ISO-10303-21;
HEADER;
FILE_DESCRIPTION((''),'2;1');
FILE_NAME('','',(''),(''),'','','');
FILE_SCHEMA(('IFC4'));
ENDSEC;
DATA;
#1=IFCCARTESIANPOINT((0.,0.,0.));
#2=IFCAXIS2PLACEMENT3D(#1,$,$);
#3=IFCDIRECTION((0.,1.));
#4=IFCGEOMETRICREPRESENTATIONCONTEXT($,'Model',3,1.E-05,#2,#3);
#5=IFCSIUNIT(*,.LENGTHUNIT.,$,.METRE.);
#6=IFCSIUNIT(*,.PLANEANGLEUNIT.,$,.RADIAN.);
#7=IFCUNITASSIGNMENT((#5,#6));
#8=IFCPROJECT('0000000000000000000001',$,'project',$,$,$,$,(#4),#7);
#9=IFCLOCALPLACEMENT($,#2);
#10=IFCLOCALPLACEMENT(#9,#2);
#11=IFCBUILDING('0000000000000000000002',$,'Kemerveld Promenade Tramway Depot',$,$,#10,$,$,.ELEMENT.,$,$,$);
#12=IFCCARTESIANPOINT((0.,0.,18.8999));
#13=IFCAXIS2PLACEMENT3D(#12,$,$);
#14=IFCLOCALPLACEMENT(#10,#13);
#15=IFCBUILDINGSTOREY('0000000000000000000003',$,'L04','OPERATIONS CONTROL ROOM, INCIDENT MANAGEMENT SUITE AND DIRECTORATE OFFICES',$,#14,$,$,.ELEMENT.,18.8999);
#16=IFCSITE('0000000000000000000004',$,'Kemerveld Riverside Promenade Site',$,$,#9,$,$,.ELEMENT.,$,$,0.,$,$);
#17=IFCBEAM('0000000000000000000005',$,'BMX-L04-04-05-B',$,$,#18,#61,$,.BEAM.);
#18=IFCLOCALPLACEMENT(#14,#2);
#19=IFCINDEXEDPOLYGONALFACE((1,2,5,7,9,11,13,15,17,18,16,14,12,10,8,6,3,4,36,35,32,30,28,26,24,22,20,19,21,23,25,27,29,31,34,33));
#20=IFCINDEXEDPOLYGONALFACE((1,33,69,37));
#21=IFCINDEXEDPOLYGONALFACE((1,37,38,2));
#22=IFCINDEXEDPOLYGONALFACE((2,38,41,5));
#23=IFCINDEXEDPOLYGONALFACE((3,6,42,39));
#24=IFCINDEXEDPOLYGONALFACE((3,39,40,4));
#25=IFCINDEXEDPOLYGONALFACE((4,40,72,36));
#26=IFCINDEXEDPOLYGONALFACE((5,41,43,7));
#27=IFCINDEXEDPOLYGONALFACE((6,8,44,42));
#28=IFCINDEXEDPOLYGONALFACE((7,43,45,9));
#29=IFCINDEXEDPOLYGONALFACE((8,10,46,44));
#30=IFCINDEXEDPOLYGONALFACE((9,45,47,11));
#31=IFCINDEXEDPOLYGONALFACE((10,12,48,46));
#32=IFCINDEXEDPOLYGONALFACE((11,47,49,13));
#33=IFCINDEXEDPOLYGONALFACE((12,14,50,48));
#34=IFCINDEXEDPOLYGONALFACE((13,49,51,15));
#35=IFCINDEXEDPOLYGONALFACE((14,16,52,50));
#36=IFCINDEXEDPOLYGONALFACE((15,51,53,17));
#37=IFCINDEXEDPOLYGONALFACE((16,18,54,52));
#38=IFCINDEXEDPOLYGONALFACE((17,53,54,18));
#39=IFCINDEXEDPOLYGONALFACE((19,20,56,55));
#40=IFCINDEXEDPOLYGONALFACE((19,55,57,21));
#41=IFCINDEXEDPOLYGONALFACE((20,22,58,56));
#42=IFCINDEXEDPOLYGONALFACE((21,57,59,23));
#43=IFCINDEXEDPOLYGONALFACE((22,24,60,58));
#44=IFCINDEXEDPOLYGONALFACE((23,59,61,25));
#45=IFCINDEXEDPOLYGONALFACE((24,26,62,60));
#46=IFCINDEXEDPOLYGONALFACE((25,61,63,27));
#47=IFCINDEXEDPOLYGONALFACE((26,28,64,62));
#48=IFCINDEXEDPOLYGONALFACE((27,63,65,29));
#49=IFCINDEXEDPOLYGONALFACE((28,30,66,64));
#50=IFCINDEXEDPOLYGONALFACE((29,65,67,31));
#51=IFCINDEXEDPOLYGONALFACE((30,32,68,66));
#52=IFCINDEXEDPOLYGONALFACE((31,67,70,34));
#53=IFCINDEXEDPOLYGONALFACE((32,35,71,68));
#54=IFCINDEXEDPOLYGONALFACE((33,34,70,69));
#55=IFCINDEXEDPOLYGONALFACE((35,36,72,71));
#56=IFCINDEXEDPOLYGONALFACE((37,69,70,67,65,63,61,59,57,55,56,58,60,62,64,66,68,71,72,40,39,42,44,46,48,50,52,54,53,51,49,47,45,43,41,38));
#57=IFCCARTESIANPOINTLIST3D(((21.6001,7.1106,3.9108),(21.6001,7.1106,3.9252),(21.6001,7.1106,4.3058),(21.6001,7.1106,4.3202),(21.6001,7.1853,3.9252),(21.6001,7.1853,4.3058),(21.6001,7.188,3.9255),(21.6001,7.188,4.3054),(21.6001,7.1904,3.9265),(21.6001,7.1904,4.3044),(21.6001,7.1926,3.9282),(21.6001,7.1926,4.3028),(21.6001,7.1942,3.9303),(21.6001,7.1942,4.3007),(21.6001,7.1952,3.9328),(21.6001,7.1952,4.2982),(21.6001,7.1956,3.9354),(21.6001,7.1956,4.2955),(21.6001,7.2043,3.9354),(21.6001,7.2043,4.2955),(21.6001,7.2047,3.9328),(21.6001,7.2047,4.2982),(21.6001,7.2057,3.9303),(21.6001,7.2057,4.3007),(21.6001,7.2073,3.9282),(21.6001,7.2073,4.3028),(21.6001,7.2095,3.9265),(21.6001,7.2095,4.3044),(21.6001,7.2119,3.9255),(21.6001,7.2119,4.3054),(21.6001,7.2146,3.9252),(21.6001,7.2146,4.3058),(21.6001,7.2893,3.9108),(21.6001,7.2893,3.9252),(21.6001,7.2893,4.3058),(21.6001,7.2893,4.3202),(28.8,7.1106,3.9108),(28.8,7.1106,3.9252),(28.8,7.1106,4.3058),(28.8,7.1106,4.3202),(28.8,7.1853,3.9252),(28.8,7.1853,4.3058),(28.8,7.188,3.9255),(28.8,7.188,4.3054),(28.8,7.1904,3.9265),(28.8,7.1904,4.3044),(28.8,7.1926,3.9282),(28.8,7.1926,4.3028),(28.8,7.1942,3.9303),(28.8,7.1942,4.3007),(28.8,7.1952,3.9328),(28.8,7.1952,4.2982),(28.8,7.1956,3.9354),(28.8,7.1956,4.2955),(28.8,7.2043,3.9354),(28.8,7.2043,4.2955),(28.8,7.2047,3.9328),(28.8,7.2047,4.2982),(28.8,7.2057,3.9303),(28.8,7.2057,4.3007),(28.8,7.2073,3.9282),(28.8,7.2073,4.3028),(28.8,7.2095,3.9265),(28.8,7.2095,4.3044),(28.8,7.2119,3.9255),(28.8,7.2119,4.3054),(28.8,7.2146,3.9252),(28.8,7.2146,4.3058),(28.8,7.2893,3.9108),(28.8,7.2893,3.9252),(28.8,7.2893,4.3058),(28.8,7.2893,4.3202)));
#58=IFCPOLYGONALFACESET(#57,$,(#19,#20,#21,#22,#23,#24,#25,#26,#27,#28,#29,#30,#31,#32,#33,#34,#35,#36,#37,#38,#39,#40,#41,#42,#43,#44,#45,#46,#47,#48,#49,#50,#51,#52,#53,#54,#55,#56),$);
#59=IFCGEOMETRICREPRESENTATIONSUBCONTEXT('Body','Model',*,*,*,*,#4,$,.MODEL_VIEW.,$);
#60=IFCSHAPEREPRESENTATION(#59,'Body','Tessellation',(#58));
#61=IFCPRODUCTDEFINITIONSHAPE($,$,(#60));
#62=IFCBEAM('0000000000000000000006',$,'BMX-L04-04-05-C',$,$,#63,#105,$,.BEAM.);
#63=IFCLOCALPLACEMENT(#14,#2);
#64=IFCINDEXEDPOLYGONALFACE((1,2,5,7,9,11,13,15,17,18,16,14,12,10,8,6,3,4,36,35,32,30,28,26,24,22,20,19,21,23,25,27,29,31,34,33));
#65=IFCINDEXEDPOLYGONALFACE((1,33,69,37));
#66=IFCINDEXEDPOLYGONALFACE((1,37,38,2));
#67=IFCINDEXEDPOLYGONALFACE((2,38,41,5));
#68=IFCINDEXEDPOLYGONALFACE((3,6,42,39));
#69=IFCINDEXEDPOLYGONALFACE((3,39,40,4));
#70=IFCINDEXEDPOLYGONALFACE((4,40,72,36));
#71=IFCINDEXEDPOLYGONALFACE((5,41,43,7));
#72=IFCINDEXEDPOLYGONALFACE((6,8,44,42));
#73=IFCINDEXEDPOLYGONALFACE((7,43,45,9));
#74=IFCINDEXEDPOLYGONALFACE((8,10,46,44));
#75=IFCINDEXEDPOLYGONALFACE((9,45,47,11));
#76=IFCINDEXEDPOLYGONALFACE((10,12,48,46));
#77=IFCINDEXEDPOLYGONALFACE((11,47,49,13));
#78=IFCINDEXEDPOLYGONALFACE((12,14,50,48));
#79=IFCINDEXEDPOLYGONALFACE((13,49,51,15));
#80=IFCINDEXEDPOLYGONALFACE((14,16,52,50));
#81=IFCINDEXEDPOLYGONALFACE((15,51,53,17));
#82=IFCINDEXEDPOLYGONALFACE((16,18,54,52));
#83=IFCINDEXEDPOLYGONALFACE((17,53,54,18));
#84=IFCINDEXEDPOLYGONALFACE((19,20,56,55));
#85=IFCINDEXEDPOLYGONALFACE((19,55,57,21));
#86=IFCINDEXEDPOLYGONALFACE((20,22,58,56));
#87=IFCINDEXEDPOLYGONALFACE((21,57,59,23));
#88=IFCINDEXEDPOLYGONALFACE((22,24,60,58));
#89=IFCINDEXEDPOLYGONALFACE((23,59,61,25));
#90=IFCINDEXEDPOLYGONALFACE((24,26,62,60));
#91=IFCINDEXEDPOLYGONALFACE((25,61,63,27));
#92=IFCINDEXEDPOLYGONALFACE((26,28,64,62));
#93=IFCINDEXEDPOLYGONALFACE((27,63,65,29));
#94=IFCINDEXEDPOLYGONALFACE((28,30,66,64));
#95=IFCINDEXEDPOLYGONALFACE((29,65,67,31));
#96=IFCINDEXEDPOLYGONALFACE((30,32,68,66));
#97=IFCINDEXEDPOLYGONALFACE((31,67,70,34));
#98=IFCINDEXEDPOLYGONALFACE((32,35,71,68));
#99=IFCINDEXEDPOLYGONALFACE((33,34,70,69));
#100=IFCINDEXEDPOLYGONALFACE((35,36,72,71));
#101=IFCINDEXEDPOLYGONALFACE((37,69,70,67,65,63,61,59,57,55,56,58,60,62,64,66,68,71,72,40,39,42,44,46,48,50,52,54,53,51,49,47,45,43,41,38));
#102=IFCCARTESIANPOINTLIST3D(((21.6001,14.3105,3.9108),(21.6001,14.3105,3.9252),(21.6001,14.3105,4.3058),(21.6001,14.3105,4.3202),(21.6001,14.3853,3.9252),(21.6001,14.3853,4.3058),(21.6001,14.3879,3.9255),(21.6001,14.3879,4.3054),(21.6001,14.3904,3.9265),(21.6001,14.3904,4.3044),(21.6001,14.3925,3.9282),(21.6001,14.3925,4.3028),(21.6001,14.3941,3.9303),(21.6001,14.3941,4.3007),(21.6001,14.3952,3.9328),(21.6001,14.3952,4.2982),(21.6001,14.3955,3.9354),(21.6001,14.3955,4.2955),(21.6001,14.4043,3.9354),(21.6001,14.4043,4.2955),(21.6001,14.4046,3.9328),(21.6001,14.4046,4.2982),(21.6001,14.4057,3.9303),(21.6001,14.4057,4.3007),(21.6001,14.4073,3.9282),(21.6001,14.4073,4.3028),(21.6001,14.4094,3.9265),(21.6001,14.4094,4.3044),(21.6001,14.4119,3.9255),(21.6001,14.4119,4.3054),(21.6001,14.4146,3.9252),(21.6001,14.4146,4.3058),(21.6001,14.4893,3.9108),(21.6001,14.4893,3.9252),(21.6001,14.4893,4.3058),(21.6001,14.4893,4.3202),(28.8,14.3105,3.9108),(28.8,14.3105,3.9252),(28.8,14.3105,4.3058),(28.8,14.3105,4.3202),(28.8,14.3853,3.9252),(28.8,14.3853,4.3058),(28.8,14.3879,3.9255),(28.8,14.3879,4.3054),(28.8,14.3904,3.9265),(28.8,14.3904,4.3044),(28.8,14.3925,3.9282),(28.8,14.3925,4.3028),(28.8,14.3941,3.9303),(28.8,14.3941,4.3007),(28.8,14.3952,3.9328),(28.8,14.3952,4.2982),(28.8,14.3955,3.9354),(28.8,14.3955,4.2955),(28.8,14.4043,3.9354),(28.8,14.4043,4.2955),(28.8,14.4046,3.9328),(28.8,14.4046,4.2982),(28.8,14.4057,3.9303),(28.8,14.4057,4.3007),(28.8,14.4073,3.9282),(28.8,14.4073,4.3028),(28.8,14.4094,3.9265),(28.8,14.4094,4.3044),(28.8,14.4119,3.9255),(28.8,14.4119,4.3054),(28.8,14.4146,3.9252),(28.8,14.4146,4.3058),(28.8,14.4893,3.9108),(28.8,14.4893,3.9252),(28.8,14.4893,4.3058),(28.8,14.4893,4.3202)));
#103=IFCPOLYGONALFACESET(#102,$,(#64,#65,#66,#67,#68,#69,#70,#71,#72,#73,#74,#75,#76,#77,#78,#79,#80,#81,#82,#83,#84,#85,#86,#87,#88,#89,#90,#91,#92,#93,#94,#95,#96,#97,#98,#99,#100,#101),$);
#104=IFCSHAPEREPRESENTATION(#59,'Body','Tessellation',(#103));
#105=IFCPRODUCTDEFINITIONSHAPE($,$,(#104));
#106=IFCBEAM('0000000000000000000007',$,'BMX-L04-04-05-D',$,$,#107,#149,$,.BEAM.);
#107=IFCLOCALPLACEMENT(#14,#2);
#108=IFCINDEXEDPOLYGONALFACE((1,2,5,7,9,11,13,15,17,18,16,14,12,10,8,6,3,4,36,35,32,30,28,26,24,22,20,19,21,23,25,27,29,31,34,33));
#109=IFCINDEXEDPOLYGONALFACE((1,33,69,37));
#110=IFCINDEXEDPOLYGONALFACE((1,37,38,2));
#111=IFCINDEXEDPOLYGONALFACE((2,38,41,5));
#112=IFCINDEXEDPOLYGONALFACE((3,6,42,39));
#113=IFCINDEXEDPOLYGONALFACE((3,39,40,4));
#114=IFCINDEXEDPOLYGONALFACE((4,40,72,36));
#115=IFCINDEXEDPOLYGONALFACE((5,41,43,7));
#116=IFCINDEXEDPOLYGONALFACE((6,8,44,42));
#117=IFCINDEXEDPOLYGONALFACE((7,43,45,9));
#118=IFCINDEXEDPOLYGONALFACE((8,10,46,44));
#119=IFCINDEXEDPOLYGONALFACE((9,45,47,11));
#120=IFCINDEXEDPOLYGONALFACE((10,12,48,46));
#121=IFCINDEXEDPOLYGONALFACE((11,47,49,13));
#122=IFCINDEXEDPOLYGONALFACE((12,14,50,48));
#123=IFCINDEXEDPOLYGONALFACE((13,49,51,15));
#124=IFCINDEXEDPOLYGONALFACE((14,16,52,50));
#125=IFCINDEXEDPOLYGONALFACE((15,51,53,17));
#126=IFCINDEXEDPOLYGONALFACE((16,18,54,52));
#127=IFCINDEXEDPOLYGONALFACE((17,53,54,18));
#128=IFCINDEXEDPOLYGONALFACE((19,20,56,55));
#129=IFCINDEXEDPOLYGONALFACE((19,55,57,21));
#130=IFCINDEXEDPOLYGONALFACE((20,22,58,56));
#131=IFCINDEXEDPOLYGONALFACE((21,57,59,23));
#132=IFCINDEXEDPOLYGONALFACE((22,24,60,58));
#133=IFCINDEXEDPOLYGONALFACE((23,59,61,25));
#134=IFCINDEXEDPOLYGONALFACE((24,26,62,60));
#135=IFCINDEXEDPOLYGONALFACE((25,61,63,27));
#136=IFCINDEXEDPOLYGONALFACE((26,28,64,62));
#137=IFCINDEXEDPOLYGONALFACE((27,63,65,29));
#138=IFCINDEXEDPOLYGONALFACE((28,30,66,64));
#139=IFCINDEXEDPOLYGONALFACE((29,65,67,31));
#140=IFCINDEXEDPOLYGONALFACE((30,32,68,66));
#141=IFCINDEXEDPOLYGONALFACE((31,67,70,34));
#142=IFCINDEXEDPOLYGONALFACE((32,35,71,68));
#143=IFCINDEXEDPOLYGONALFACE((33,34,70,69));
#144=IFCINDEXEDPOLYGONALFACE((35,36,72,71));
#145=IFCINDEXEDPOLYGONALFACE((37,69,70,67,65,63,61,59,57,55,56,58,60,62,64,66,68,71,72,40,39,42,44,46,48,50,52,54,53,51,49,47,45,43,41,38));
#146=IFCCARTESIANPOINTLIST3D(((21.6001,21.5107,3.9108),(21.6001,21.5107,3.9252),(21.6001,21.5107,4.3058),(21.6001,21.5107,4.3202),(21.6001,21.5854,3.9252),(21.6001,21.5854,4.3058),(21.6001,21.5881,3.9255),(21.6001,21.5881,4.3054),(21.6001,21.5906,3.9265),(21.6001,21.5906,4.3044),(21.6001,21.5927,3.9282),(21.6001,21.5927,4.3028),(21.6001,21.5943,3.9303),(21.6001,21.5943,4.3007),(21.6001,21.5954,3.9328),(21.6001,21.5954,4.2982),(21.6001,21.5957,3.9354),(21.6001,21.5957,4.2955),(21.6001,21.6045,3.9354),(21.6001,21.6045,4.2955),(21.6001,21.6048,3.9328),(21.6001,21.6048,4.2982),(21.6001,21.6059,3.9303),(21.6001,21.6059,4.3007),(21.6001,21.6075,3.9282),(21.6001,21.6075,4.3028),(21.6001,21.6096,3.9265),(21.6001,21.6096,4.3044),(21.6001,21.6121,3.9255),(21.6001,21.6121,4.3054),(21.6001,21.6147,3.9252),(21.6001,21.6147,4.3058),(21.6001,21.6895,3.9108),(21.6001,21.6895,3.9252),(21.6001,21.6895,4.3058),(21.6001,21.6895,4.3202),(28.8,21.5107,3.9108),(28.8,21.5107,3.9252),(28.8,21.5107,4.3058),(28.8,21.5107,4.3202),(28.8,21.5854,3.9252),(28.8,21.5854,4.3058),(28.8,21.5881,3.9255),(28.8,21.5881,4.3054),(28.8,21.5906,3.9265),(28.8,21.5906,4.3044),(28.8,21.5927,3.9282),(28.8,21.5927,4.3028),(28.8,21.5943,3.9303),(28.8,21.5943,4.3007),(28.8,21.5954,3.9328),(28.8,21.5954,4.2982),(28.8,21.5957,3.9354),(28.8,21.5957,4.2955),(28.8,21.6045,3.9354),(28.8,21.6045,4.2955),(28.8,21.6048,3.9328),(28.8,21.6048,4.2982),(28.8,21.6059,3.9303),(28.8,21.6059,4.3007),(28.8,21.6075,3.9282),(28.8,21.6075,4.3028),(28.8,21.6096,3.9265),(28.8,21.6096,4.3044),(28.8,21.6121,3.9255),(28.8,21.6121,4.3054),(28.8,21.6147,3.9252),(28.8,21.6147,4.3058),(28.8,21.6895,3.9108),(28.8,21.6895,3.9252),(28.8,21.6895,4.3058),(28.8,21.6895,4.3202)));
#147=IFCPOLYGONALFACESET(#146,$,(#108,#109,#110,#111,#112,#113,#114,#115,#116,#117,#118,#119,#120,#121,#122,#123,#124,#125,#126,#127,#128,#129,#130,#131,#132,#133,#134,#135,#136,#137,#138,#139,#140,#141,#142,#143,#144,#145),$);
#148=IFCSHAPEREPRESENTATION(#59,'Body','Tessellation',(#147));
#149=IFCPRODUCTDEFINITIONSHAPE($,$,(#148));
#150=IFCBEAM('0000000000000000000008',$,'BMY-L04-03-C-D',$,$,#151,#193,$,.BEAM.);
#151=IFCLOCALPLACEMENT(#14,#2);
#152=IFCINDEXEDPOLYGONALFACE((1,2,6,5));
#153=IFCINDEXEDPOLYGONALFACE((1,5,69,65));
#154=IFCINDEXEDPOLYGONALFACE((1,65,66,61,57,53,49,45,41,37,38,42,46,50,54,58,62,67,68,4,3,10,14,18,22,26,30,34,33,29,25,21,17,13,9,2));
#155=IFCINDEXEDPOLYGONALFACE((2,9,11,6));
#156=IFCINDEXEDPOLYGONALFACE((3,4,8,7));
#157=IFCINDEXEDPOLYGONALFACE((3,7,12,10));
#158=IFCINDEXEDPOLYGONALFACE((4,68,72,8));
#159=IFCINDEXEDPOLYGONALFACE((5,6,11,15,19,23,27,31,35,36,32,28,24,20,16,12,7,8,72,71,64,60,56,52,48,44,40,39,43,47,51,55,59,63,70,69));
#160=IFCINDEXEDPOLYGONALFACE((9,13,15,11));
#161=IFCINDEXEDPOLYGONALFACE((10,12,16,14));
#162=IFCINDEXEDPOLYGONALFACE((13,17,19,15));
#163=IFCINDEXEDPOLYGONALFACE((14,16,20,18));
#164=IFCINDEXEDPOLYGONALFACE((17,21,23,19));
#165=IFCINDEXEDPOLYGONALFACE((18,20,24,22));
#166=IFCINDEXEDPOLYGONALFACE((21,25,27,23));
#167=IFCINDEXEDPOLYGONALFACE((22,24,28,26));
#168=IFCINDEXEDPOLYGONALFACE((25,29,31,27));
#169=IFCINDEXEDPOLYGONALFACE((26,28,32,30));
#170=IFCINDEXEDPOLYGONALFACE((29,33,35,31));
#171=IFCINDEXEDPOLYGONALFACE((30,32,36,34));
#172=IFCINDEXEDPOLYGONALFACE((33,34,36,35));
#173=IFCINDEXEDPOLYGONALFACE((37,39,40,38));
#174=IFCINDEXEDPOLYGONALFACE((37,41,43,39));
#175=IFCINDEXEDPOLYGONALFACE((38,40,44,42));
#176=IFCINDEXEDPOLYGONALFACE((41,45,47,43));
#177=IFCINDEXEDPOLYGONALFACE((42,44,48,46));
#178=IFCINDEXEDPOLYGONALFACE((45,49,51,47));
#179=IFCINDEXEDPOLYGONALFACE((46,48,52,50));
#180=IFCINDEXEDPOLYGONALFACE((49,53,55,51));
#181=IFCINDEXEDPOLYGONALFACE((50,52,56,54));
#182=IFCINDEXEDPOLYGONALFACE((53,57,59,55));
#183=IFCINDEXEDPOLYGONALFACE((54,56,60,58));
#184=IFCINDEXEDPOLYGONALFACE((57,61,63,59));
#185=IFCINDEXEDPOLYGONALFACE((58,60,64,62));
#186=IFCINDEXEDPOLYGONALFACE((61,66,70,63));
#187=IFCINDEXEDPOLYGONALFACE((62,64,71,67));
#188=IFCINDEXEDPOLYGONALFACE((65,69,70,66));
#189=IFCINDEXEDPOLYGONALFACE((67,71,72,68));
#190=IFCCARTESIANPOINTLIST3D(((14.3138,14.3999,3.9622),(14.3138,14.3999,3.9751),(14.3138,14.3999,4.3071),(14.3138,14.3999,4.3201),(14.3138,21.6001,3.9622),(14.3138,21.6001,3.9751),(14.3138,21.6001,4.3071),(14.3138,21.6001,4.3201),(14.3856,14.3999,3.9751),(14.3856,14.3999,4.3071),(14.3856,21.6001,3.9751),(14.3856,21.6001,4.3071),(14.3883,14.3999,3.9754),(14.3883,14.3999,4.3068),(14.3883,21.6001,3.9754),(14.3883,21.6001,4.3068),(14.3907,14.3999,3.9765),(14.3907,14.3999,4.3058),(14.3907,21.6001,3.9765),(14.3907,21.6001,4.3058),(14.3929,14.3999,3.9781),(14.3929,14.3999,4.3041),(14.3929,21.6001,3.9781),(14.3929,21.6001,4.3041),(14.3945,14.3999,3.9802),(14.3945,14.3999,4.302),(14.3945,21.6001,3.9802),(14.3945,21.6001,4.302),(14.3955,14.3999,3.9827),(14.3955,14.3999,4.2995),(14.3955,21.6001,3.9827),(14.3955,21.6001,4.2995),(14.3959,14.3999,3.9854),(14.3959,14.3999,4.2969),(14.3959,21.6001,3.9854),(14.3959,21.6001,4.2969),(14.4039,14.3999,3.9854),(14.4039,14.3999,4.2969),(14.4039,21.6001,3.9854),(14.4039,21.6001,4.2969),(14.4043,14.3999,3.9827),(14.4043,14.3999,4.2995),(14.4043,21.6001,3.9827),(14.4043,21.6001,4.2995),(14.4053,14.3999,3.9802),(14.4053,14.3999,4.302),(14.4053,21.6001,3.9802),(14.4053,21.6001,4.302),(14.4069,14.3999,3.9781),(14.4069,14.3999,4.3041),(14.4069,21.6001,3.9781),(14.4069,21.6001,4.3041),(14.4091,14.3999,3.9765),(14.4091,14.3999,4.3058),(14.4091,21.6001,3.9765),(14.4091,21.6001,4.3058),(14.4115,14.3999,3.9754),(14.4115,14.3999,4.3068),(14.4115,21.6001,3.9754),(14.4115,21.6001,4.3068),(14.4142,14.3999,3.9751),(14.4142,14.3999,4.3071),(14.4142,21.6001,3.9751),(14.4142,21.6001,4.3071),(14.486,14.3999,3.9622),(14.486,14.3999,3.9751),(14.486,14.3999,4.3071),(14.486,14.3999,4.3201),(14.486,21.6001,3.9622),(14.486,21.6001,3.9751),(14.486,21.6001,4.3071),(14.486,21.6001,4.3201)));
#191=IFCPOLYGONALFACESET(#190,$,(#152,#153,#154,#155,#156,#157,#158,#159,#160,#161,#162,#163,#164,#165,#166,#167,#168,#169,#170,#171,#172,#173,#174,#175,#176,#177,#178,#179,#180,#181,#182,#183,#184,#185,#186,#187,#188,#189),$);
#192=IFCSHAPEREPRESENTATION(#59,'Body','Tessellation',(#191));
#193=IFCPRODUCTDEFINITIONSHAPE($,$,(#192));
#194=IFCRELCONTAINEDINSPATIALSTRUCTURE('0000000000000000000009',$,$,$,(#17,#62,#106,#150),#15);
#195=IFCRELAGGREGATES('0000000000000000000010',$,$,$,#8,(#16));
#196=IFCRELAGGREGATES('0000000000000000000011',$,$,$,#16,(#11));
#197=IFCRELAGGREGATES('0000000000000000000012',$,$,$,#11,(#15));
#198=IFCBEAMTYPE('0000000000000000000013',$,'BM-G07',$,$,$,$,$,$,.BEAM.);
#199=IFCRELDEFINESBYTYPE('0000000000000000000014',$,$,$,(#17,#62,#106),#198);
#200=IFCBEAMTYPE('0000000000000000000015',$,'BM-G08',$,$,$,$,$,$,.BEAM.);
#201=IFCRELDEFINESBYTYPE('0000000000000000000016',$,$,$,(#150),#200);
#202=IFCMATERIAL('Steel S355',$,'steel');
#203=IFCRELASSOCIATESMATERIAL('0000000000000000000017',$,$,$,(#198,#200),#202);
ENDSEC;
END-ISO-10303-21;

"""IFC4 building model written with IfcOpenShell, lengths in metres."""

from ifc_helpers import new_model, si_unit, direction, frame, origin, origin_2d, place, context, subcontext, project, spatial, i_section, extrude, material, material_profile, profile_set, type_object, element, save


model = new_model("IFC4")

# Units and contexts
model_context = context("Model", 3, precision=1e-05, world=origin(), true_north=direction((0.0, 1.0)))
body_context = subcontext(model_context, "Body", "Model", "MODEL_VIEW")
ifc_project = project(units=[si_unit("LENGTHUNIT", "METRE"), si_unit("PLANEANGLEUNIT", "RADIAN")], contexts=[model_context])

# Site, building, storey
site_placement = place(None, origin())
site = spatial("IfcSite", under=ifc_project, at=site_placement, Name="Kemerveld Riverside Promenade Site", CompositionType="ELEMENT", RefElevation=0.0)
building_placement = place(site_placement, origin())
building = spatial("IfcBuilding", under=site, at=building_placement, Name="Kemerveld Promenade Tramway Depot", CompositionType="ELEMENT")
storey_placement = place(building_placement, frame((0.0, 0.0, 18.8999)))
storey = spatial("IfcBuildingStorey", under=building, at=storey_placement, Name="L04", Description="OPERATIONS CONTROL ROOM, INCIDENT MANAGEMENT SUITE AND DIRECTORATE OFFICES", CompositionType="ELEMENT", Elevation=18.8999)

# Shared definitions
ifc_material_1 = material(Name="Steel S355", Category="steel")

# Beams
ifc_material_profile_1 = material_profile(ifc_material_1, i_section(OverallWidth=0.1787, OverallDepth=0.4094, WebThickness=0.0088, FlangeThickness=0.0144, FilletRadius=0.0103, at=origin_2d()), Name="406x178x67 UB")
ifc_profile_set_1 = profile_set([ifc_material_profile_1], Name="Steel S355")
beam_type_1 = type_object("IfcBeamType", Name="BM-G07", PredefinedType="BEAM", material=ifc_profile_set_1)
for number, where, z_axis, x_axis, name in (
    (1, (21.6001, 7.2, 4.1155), (1.0, 0.0, 0.0), (0.0, 1.0, 0.0), "BMX-L04-04-05-B"),
    (2, (21.6001, 14.3999, 4.1155), (1.0, 0.0, 0.0), (0.0, 1.0, 0.0), "BMX-L04-04-05-C"),
    (3, (21.6001, 21.6001, 4.1155), (1.0, 0.0, 0.0), (0.0, 1.0, 0.0), "BMX-L04-04-05-D"),
):
    element("IfcBeam", number, at=place(storey_placement, frame(where, z_axis=z_axis, x_axis=x_axis)), inside=storey, type_object=beam_type_1, Name=name, PredefinedType="BEAM", context=body_context, shape_type="SweptSolid", body=[
        extrude(i_section(OverallWidth=0.1787, OverallDepth=0.4094, WebThickness=0.0088, FlangeThickness=0.0144, FilletRadius=0.0103, at=origin_2d()), origin(), (0.0, 0.0, 1.0), 7.2),
    ])
ifc_material_profile_2 = material_profile(ifc_material_1, i_section(OverallWidth=0.1721, OverallDepth=0.3579, WebThickness=0.0081, FlangeThickness=0.0129, FilletRadius=0.0103, at=origin_2d()), Name="356x171x57 UB")
ifc_profile_set_2 = profile_set([ifc_material_profile_2], Name="Steel S355")
beam_type_2 = type_object("IfcBeamType", Name="BM-G08", PredefinedType="BEAM", material=ifc_profile_set_2)
beam_1_placement = place(storey_placement, frame((14.3999, 14.3999, 4.1411), z_axis=(0.0, 1.0, 0.0), x_axis=(-1.0, 0.0, 0.0)))
element("IfcBeam", 4, at=beam_1_placement, inside=storey, type_object=beam_type_2, Name="BMY-L04-03-C-D", PredefinedType="BEAM", context=body_context, shape_type="SweptSolid", body=[
    extrude(i_section(OverallWidth=0.1721, OverallDepth=0.3579, WebThickness=0.0081, FlangeThickness=0.0129, FilletRadius=0.0103, at=origin_2d()), origin(), (0.0, 0.0, 1.0), 7.2002),
])

save(model, "model.ifc")
